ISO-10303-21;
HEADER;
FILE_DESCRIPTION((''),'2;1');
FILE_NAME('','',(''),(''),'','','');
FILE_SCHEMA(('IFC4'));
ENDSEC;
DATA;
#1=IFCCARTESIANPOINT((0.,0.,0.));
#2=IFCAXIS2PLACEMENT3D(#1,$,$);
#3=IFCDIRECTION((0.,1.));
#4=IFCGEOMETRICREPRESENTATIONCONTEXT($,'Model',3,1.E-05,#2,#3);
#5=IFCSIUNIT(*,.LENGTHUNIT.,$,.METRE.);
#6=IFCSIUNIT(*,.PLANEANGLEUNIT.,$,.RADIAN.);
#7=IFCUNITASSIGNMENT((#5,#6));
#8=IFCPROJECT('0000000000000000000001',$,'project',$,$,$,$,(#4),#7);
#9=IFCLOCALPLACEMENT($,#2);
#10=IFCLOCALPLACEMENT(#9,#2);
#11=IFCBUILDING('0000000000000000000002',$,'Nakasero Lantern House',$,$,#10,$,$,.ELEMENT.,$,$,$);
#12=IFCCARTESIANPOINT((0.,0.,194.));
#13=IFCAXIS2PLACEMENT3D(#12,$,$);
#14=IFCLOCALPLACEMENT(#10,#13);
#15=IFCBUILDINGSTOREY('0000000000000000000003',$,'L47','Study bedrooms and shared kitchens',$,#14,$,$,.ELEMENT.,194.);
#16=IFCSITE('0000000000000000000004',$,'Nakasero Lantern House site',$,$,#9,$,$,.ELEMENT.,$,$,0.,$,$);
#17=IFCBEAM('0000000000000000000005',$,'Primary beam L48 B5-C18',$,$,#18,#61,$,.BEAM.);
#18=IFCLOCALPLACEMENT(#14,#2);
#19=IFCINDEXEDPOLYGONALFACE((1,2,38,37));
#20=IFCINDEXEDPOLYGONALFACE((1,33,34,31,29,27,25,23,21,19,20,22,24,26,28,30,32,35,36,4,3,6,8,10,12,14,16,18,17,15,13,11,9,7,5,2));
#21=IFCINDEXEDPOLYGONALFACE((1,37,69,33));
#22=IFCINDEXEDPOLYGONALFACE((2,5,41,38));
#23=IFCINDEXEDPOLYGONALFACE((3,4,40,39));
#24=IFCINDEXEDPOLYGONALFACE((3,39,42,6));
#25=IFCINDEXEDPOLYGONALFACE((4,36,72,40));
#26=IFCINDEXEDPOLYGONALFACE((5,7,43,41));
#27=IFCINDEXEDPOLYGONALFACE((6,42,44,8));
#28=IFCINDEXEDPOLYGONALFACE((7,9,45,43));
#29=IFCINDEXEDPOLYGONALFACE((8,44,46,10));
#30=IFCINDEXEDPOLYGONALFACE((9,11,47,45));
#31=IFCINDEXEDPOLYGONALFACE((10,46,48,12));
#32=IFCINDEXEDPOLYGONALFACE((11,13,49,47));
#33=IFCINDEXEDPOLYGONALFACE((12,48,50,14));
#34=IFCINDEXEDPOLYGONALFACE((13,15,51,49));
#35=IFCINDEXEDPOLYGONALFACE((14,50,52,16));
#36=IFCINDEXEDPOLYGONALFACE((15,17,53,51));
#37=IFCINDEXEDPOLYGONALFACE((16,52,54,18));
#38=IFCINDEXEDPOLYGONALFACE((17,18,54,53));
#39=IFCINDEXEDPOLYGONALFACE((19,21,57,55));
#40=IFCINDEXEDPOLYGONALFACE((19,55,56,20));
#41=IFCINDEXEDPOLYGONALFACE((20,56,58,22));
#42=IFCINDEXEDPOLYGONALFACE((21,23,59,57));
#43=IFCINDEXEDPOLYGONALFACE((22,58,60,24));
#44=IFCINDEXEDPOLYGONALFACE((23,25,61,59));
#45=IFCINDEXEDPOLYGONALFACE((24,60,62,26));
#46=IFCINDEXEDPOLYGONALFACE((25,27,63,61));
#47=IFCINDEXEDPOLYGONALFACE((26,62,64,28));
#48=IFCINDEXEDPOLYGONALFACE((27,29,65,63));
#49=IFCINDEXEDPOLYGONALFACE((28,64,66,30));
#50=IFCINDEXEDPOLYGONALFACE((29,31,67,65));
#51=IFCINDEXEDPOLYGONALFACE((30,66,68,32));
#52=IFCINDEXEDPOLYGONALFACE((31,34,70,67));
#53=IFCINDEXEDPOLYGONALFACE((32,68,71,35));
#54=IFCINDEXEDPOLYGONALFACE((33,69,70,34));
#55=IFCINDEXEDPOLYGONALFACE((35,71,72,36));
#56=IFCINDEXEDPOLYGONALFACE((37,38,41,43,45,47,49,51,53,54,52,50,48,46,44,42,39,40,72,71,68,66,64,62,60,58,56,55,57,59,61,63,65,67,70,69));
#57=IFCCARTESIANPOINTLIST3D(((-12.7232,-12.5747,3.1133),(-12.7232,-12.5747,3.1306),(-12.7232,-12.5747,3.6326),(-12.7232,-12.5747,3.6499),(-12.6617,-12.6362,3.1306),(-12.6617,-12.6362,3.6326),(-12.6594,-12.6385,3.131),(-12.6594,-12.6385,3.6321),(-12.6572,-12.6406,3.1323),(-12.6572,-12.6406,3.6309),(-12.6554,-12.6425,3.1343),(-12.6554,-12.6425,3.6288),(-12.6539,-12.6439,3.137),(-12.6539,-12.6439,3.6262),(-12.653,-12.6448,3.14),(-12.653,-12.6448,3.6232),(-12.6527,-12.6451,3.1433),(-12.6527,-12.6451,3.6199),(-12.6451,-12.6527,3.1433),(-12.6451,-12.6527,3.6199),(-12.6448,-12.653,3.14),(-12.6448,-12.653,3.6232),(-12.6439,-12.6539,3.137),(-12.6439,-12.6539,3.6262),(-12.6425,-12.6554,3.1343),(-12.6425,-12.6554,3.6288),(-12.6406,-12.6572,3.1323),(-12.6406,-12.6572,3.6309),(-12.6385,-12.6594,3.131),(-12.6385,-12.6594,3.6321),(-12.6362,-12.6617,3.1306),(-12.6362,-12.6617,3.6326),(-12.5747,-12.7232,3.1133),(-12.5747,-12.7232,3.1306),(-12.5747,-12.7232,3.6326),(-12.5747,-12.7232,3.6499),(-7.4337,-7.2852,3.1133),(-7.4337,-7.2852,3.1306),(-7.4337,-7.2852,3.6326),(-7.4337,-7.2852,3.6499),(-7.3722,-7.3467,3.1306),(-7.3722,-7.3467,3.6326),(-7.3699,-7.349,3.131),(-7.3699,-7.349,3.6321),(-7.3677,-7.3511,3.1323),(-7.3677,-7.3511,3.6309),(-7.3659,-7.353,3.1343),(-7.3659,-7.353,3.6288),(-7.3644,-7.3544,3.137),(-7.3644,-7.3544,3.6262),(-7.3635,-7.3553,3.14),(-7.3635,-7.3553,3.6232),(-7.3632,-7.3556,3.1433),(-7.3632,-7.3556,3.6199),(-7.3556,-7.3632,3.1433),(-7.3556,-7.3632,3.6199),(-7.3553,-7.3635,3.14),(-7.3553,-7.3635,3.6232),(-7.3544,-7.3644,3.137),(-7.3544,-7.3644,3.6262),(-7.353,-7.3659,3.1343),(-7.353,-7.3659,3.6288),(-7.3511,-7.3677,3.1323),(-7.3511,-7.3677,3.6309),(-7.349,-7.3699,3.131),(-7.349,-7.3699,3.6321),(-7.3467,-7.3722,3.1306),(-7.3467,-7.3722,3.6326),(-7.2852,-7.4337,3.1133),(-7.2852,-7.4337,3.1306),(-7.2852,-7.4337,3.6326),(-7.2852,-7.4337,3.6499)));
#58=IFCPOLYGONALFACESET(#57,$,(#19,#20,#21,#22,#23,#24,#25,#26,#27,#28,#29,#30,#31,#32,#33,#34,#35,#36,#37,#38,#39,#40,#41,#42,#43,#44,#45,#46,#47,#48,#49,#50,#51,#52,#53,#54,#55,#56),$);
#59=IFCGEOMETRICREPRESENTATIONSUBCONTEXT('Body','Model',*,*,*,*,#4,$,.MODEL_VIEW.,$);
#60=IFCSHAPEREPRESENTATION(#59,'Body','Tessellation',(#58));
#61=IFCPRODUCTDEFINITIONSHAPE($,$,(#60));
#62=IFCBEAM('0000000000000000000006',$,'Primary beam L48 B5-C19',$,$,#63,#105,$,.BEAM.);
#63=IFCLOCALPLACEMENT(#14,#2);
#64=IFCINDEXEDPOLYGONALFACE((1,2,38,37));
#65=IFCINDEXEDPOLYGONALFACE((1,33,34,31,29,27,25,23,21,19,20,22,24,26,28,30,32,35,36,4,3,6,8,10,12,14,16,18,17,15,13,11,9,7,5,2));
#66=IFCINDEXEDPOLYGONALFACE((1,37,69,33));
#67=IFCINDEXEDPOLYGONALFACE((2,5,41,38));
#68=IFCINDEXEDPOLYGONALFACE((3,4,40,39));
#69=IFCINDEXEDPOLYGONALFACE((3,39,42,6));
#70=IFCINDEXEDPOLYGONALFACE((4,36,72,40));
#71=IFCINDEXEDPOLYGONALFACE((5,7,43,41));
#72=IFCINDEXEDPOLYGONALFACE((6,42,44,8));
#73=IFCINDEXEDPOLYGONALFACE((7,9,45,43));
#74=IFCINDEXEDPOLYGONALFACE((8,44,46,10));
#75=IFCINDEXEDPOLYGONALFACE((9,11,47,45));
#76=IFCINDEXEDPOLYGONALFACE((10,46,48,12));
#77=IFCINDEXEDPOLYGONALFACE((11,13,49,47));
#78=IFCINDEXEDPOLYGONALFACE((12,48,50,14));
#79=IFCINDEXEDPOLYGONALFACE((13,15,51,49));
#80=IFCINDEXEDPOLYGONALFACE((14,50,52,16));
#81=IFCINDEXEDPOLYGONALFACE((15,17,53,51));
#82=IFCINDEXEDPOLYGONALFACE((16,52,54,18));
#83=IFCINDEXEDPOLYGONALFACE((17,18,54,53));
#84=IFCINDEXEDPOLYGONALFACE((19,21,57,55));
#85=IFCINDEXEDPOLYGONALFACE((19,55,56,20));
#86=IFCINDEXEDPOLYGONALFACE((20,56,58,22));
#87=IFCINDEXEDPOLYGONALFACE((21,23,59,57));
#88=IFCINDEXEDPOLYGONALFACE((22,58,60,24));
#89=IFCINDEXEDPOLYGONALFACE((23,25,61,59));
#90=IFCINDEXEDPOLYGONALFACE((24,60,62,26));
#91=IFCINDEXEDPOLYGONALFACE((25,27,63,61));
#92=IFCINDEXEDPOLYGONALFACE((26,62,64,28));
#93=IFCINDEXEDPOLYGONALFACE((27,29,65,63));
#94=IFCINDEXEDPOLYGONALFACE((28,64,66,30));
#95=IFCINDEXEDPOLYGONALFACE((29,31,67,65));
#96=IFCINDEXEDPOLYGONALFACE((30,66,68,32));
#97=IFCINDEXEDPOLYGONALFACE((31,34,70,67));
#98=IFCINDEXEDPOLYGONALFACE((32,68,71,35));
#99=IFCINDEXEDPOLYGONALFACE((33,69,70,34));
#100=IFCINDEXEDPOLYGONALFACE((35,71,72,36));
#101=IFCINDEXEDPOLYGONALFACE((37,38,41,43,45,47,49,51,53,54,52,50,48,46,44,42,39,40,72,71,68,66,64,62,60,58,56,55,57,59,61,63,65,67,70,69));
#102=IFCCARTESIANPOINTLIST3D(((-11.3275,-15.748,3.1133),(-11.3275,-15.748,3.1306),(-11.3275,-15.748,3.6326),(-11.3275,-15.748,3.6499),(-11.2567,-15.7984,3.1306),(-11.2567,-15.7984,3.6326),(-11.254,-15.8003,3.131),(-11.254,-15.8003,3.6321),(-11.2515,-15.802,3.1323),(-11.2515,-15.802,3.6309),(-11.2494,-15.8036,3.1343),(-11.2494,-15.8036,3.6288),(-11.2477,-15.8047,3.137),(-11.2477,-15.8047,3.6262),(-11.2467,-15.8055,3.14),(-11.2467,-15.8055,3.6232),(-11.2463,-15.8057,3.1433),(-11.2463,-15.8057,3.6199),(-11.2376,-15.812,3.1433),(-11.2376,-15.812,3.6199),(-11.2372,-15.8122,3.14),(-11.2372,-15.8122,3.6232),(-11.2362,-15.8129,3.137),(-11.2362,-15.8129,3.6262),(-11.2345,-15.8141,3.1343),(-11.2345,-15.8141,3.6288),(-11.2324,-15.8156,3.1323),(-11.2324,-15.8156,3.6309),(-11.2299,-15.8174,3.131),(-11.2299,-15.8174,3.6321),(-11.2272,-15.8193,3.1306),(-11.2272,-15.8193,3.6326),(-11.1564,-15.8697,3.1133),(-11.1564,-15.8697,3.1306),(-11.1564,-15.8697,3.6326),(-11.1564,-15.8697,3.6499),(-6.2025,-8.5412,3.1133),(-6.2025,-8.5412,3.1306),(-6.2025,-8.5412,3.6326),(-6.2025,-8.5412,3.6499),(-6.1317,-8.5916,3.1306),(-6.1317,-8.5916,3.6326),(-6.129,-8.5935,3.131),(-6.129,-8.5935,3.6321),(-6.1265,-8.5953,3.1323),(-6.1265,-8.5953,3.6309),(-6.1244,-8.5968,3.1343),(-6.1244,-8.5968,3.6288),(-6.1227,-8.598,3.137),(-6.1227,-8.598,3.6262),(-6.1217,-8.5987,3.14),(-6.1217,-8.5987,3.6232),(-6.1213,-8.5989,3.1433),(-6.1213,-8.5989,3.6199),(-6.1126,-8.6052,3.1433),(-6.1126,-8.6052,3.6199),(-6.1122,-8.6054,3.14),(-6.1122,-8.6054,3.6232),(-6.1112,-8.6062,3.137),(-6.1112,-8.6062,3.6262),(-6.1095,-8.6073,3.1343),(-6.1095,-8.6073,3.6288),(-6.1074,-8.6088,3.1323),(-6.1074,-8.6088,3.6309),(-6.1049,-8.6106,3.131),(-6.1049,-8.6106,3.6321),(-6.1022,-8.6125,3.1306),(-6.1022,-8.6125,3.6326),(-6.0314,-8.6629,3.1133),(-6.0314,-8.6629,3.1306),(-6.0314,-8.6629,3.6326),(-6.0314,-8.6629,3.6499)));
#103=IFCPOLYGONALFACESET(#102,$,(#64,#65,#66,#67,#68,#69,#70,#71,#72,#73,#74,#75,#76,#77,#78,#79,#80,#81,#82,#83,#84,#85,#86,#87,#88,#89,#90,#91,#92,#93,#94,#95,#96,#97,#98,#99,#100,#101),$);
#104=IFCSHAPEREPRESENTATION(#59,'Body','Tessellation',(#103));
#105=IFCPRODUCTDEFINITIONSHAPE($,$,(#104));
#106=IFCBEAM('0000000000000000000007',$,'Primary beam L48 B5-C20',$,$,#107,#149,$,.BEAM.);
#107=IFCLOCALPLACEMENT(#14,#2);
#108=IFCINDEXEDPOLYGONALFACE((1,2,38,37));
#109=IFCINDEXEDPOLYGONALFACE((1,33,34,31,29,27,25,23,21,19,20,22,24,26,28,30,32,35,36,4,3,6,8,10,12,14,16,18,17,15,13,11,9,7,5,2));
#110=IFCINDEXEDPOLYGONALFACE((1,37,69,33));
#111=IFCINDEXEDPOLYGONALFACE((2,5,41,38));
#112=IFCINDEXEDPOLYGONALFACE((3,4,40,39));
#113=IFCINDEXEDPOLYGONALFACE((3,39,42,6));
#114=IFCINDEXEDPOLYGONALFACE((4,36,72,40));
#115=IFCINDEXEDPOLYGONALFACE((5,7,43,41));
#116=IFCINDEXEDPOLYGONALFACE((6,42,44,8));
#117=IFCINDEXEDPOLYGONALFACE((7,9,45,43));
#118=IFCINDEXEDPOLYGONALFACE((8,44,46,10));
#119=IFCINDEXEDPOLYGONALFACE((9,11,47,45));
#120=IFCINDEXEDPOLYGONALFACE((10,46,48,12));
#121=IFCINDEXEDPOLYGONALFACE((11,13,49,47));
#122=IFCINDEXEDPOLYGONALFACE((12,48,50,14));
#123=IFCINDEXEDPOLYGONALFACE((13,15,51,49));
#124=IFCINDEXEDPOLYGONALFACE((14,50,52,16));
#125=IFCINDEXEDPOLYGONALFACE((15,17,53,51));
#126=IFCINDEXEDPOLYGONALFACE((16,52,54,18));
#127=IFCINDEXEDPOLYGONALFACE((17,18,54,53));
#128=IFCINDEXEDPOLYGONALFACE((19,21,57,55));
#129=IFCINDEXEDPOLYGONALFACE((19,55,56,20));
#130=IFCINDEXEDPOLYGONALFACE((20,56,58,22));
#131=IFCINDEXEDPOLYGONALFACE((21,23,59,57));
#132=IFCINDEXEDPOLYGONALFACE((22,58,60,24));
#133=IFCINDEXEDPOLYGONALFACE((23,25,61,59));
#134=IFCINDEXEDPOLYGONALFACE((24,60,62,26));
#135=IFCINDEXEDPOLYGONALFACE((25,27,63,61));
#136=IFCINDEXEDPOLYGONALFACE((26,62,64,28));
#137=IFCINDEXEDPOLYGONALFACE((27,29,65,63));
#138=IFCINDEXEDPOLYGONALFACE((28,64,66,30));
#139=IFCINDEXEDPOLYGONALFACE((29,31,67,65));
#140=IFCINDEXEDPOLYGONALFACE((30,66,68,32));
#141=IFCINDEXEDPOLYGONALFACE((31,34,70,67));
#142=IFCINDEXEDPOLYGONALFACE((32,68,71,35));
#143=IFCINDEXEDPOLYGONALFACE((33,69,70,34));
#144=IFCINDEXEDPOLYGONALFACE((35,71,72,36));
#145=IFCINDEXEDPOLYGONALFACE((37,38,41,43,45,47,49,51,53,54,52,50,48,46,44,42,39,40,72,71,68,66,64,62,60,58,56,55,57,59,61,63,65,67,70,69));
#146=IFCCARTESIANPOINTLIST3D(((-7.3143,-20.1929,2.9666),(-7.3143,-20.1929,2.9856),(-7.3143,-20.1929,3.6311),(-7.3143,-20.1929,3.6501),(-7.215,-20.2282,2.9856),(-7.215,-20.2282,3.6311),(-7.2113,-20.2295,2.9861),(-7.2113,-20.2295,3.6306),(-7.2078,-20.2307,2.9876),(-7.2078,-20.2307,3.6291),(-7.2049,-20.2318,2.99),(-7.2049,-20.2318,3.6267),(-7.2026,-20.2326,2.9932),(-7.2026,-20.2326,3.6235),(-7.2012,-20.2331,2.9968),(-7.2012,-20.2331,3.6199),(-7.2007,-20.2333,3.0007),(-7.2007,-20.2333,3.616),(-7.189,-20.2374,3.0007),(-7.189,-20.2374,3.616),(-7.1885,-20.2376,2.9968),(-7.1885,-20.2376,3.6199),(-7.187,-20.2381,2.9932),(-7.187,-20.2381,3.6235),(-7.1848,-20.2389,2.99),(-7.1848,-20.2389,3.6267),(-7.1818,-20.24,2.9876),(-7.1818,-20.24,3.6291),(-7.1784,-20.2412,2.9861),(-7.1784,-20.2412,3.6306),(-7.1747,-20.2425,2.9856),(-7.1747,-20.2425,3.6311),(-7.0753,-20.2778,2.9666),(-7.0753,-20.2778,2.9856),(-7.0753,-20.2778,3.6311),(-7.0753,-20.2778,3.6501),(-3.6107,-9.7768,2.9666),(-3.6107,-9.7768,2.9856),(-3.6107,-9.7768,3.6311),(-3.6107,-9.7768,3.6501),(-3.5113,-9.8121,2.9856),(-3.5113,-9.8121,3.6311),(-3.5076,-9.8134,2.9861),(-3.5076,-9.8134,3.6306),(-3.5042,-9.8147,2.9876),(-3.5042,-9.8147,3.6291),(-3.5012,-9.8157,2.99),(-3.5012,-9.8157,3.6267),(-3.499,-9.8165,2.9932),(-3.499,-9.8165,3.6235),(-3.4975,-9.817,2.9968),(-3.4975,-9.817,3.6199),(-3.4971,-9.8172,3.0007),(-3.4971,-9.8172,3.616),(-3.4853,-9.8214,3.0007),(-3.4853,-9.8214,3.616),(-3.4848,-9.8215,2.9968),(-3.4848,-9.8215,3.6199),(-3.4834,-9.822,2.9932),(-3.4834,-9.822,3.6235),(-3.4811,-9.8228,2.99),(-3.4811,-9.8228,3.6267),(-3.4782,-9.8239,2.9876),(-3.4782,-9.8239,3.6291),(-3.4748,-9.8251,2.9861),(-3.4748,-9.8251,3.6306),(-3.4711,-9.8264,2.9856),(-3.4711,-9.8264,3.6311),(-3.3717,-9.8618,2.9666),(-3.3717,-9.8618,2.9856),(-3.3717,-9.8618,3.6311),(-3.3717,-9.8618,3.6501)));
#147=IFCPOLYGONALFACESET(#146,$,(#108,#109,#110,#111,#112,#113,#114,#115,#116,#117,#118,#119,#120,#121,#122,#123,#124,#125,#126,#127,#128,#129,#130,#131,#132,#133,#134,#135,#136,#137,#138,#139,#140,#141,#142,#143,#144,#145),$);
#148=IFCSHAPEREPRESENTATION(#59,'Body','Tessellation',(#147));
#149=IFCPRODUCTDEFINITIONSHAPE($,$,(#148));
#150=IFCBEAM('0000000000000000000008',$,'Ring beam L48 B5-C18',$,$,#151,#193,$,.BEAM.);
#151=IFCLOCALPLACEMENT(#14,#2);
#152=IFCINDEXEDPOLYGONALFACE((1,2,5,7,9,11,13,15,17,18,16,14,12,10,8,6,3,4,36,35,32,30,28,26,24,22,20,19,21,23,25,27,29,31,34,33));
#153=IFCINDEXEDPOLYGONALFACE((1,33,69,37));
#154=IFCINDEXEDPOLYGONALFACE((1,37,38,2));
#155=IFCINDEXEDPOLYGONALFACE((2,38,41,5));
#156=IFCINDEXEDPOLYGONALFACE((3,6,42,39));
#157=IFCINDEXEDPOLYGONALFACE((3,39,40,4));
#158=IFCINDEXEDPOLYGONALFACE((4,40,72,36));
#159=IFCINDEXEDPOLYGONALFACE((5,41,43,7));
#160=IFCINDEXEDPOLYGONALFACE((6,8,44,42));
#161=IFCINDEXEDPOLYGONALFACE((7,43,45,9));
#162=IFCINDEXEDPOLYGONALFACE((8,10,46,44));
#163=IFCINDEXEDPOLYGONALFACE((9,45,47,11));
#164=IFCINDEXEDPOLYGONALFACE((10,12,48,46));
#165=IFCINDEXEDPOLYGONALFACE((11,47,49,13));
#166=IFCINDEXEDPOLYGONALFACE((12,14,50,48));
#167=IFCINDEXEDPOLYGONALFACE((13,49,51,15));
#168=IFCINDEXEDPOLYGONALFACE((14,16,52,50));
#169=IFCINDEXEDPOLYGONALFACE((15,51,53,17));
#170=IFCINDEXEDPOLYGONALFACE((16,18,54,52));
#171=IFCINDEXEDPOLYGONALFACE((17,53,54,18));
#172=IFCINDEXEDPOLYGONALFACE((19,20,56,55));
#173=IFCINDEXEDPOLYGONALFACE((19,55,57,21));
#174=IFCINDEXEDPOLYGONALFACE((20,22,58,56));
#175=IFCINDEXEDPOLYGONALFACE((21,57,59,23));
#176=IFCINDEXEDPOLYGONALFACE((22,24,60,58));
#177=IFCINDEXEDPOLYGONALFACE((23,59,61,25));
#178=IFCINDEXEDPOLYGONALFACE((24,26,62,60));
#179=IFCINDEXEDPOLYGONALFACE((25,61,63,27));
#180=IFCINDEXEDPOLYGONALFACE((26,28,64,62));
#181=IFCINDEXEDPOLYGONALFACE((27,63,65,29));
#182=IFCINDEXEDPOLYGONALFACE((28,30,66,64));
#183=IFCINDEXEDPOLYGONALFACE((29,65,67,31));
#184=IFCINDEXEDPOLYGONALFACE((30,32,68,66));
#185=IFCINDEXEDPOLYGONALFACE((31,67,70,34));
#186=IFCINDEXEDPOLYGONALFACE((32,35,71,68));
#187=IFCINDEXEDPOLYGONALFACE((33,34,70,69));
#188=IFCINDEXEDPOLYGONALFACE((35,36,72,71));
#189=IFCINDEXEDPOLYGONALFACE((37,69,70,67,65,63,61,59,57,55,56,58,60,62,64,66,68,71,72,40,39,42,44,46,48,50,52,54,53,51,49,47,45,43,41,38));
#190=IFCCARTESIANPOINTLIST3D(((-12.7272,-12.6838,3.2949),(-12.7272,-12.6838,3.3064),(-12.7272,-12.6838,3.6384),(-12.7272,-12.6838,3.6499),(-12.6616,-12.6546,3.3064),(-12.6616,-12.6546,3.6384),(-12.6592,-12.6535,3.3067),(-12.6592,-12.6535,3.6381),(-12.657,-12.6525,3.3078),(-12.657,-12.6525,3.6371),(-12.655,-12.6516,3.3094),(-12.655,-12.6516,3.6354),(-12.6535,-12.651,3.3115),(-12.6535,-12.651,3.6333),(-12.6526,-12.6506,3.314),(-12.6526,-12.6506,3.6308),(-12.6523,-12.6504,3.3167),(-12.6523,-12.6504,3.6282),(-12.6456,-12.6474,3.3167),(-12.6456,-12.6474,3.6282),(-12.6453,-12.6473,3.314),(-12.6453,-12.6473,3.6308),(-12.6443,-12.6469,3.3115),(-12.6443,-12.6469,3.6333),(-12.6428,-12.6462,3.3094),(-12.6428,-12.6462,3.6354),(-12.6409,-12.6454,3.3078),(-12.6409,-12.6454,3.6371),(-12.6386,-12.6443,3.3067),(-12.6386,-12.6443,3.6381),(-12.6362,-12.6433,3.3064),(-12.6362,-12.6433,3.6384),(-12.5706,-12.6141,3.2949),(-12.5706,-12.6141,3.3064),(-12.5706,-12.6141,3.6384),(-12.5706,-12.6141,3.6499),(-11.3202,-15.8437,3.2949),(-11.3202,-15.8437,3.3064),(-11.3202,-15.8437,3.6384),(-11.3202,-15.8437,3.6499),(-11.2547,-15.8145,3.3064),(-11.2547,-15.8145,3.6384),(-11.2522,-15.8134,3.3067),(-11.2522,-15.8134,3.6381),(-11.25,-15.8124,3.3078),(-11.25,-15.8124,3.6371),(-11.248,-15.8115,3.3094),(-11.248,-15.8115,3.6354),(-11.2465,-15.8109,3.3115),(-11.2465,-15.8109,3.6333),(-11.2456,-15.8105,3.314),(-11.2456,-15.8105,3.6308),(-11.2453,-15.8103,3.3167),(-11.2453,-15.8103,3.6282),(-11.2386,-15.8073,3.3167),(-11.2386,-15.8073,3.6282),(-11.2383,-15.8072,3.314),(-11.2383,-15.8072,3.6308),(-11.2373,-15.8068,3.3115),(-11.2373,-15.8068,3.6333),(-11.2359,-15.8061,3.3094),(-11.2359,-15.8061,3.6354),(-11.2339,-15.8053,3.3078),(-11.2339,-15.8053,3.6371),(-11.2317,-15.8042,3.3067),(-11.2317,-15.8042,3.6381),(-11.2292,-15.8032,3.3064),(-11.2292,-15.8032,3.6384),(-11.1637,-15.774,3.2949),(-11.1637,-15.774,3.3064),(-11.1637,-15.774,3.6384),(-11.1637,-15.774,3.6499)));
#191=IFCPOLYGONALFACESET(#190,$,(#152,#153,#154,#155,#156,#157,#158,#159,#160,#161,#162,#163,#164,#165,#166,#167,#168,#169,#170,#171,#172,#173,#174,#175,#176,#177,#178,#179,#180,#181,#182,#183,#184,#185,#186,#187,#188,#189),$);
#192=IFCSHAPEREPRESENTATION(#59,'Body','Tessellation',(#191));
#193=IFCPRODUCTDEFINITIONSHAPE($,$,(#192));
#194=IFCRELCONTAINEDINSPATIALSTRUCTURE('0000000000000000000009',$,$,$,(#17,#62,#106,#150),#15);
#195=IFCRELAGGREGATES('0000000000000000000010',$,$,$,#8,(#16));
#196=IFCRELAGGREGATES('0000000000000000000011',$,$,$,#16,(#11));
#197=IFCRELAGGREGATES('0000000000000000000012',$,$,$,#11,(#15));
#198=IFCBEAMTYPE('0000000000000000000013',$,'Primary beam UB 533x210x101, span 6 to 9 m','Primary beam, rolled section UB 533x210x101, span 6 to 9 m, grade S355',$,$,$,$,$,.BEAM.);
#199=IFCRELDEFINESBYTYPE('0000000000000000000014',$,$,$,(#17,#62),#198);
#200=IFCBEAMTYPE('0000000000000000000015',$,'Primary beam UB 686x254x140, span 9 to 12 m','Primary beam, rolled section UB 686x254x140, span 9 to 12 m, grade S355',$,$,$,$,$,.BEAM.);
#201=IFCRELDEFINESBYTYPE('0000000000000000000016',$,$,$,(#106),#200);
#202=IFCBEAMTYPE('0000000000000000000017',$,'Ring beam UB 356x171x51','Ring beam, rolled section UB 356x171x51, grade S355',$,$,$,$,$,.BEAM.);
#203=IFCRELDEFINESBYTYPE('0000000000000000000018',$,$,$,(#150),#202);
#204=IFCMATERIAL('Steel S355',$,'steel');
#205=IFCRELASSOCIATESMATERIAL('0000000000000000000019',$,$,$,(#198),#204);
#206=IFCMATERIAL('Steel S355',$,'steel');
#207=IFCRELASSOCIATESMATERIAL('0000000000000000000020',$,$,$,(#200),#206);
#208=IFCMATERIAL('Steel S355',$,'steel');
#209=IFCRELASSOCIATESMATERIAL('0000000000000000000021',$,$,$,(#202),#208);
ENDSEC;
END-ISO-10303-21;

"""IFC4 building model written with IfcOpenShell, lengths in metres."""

from ifc_helpers import new_model, si_unit, direction, frame, origin, origin_2d, place, context, subcontext, project, spatial, i_section, extrude, material, material_profile, profile_set, type_object, element, save


model = new_model("IFC4")

# Units and contexts
model_context = context("Model", 3, precision=1e-05, world=origin(), true_north=direction((0.0, 1.0)))
body_context = subcontext(model_context, "Body", "Model", "MODEL_VIEW")
ifc_project = project(units=[si_unit("LENGTHUNIT", "METRE"), si_unit("PLANEANGLEUNIT", "RADIAN")], contexts=[model_context])

# Site, building, storey
site_placement = place(None, origin())
site = spatial("IfcSite", under=ifc_project, at=site_placement, Name="Nakasero Lantern House site", CompositionType="ELEMENT", RefElevation=0.0)
building_placement = place(site_placement, origin())
building = spatial("IfcBuilding", under=site, at=building_placement, Name="Nakasero Lantern House", CompositionType="ELEMENT")
storey_placement = place(building_placement, frame((0.0, 0.0, 194.0)))
storey = spatial("IfcBuildingStorey", under=building, at=storey_placement, Name="L47", Description="Study bedrooms and shared kitchens", CompositionType="ELEMENT", Elevation=194.0)

# Beams
ifc_material_1 = material(Name="Steel S355", Category="steel")
ifc_material_profile_1 = material_profile(ifc_material_1, i_section(OverallWidth=0.21, OverallDepth=0.5366, WebThickness=0.0107, FlangeThickness=0.0173, FilletRadius=0.0127, at=origin_2d()), Name="UB 533x210x101")
ifc_profile_set_1 = profile_set([ifc_material_profile_1], Name="Steel S355")
beam_type_1 = type_object("IfcBeamType", Name="Primary beam UB 533x210x101, span 6 to 9 m", Description="Primary beam, rolled section UB 533x210x101, span 6 to 9 m, grade S355", PredefinedType="BEAM", material=ifc_profile_set_1)
beam_1_placement = place(storey_placement, frame((-12.6489, -12.6489, 3.3816), z_axis=(0.707107, 0.707107, 0.0), x_axis=(-0.707107, 0.707107, 0.0)))
element("IfcBeam", 1, at=beam_1_placement, inside=storey, type_object=beam_type_1, Name="Primary beam L48 B5-C18", PredefinedType="BEAM", context=body_context, shape_type="SweptSolid", body=[
    extrude(i_section(OverallWidth=0.21, OverallDepth=0.5366, WebThickness=0.0107, FlangeThickness=0.0173, FilletRadius=0.0127, at=origin_2d()), origin(), (0.0, 0.0, 1.0), 7.4805),
])
beam_2_placement = place(storey_placement, frame((-11.2419, -15.8088, 3.3816), z_axis=(0.579537, 0.814946, 0.0), x_axis=(-0.814946, 0.579537, 0.0)))
element("IfcBeam", 2, at=beam_2_placement, inside=storey, type_object=beam_type_1, Name="Primary beam L48 B5-C19", PredefinedType="BEAM", context=body_context, shape_type="SweptSolid", body=[
    extrude(i_section(OverallWidth=0.21, OverallDepth=0.5366, WebThickness=0.0107, FlangeThickness=0.0173, FilletRadius=0.0127, at=origin_2d()), origin(), (0.0, 0.0, 1.0), 8.8433),
])
ifc_material_2 = material(Name="Steel S355", Category="steel")
ifc_material_profile_2 = material_profile(ifc_material_2, i_section(OverallWidth=0.2537, OverallDepth=0.6836, WebThickness=0.0125, FlangeThickness=0.019, FilletRadius=0.0151, at=origin_2d()), Name="UB 686x254x140")
ifc_profile_set_2 = profile_set([ifc_material_profile_2], Name="Steel S355")
beam_type_2 = type_object("IfcBeamType", Name="Primary beam UB 686x254x140, span 9 to 12 m", Description="Primary beam, rolled section UB 686x254x140, span 9 to 12 m, grade S355", PredefinedType="BEAM", material=ifc_profile_set_2)
beam_3_placement = place(storey_placement, frame((-7.1948, -20.2354, 3.3083), z_axis=(0.335021, 0.942211, 0.0), x_axis=(-0.942211, 0.335021, 0.0)))
element("IfcBeam", 3, at=beam_3_placement, inside=storey, type_object=beam_type_2, Name="Primary beam L48 B5-C20", PredefinedType="BEAM", context=body_context, shape_type="SweptSolid", body=[
    extrude(i_section(OverallWidth=0.2537, OverallDepth=0.6836, WebThickness=0.0125, FlangeThickness=0.019, FilletRadius=0.0151, at=origin_2d()), origin(), (0.0, 0.0, 1.0), 11.0549),
])
ifc_material_3 = material(Name="Steel S355", Category="steel")
ifc_material_profile_3 = material_profile(ifc_material_3, i_section(OverallWidth=0.1714, OverallDepth=0.355, WebThickness=0.0073, FlangeThickness=0.0115, FilletRadius=0.0103, at=origin_2d()), Name="UB 356x171x51")
ifc_profile_set_3 = profile_set([ifc_material_profile_3], Name="Steel S355")
beam_type_3 = type_object("IfcBeamType", Name="Ring beam UB 356x171x51", Description="Ring beam, rolled section UB 356x171x51, grade S355", PredefinedType="BEAM", material=ifc_profile_set_3)
beam_4_placement = place(storey_placement, frame((-12.6489, -12.6489, 3.4724), z_axis=(0.406761, -0.913535, 0.0), x_axis=(0.913535, 0.406761, 0.0)))
element("IfcBeam", 4, at=beam_4_placement, inside=storey, type_object=beam_type_3, Name="Ring beam L48 B5-C18", PredefinedType="BEAM", context=body_context, shape_type="SweptSolid", body=[
    extrude(i_section(OverallWidth=0.1714, OverallDepth=0.355, WebThickness=0.0073, FlangeThickness=0.0115, FilletRadius=0.0103, at=origin_2d()), origin(), (0.0, 0.0, 1.0), 3.459),
])

save(model, "model.ifc")
